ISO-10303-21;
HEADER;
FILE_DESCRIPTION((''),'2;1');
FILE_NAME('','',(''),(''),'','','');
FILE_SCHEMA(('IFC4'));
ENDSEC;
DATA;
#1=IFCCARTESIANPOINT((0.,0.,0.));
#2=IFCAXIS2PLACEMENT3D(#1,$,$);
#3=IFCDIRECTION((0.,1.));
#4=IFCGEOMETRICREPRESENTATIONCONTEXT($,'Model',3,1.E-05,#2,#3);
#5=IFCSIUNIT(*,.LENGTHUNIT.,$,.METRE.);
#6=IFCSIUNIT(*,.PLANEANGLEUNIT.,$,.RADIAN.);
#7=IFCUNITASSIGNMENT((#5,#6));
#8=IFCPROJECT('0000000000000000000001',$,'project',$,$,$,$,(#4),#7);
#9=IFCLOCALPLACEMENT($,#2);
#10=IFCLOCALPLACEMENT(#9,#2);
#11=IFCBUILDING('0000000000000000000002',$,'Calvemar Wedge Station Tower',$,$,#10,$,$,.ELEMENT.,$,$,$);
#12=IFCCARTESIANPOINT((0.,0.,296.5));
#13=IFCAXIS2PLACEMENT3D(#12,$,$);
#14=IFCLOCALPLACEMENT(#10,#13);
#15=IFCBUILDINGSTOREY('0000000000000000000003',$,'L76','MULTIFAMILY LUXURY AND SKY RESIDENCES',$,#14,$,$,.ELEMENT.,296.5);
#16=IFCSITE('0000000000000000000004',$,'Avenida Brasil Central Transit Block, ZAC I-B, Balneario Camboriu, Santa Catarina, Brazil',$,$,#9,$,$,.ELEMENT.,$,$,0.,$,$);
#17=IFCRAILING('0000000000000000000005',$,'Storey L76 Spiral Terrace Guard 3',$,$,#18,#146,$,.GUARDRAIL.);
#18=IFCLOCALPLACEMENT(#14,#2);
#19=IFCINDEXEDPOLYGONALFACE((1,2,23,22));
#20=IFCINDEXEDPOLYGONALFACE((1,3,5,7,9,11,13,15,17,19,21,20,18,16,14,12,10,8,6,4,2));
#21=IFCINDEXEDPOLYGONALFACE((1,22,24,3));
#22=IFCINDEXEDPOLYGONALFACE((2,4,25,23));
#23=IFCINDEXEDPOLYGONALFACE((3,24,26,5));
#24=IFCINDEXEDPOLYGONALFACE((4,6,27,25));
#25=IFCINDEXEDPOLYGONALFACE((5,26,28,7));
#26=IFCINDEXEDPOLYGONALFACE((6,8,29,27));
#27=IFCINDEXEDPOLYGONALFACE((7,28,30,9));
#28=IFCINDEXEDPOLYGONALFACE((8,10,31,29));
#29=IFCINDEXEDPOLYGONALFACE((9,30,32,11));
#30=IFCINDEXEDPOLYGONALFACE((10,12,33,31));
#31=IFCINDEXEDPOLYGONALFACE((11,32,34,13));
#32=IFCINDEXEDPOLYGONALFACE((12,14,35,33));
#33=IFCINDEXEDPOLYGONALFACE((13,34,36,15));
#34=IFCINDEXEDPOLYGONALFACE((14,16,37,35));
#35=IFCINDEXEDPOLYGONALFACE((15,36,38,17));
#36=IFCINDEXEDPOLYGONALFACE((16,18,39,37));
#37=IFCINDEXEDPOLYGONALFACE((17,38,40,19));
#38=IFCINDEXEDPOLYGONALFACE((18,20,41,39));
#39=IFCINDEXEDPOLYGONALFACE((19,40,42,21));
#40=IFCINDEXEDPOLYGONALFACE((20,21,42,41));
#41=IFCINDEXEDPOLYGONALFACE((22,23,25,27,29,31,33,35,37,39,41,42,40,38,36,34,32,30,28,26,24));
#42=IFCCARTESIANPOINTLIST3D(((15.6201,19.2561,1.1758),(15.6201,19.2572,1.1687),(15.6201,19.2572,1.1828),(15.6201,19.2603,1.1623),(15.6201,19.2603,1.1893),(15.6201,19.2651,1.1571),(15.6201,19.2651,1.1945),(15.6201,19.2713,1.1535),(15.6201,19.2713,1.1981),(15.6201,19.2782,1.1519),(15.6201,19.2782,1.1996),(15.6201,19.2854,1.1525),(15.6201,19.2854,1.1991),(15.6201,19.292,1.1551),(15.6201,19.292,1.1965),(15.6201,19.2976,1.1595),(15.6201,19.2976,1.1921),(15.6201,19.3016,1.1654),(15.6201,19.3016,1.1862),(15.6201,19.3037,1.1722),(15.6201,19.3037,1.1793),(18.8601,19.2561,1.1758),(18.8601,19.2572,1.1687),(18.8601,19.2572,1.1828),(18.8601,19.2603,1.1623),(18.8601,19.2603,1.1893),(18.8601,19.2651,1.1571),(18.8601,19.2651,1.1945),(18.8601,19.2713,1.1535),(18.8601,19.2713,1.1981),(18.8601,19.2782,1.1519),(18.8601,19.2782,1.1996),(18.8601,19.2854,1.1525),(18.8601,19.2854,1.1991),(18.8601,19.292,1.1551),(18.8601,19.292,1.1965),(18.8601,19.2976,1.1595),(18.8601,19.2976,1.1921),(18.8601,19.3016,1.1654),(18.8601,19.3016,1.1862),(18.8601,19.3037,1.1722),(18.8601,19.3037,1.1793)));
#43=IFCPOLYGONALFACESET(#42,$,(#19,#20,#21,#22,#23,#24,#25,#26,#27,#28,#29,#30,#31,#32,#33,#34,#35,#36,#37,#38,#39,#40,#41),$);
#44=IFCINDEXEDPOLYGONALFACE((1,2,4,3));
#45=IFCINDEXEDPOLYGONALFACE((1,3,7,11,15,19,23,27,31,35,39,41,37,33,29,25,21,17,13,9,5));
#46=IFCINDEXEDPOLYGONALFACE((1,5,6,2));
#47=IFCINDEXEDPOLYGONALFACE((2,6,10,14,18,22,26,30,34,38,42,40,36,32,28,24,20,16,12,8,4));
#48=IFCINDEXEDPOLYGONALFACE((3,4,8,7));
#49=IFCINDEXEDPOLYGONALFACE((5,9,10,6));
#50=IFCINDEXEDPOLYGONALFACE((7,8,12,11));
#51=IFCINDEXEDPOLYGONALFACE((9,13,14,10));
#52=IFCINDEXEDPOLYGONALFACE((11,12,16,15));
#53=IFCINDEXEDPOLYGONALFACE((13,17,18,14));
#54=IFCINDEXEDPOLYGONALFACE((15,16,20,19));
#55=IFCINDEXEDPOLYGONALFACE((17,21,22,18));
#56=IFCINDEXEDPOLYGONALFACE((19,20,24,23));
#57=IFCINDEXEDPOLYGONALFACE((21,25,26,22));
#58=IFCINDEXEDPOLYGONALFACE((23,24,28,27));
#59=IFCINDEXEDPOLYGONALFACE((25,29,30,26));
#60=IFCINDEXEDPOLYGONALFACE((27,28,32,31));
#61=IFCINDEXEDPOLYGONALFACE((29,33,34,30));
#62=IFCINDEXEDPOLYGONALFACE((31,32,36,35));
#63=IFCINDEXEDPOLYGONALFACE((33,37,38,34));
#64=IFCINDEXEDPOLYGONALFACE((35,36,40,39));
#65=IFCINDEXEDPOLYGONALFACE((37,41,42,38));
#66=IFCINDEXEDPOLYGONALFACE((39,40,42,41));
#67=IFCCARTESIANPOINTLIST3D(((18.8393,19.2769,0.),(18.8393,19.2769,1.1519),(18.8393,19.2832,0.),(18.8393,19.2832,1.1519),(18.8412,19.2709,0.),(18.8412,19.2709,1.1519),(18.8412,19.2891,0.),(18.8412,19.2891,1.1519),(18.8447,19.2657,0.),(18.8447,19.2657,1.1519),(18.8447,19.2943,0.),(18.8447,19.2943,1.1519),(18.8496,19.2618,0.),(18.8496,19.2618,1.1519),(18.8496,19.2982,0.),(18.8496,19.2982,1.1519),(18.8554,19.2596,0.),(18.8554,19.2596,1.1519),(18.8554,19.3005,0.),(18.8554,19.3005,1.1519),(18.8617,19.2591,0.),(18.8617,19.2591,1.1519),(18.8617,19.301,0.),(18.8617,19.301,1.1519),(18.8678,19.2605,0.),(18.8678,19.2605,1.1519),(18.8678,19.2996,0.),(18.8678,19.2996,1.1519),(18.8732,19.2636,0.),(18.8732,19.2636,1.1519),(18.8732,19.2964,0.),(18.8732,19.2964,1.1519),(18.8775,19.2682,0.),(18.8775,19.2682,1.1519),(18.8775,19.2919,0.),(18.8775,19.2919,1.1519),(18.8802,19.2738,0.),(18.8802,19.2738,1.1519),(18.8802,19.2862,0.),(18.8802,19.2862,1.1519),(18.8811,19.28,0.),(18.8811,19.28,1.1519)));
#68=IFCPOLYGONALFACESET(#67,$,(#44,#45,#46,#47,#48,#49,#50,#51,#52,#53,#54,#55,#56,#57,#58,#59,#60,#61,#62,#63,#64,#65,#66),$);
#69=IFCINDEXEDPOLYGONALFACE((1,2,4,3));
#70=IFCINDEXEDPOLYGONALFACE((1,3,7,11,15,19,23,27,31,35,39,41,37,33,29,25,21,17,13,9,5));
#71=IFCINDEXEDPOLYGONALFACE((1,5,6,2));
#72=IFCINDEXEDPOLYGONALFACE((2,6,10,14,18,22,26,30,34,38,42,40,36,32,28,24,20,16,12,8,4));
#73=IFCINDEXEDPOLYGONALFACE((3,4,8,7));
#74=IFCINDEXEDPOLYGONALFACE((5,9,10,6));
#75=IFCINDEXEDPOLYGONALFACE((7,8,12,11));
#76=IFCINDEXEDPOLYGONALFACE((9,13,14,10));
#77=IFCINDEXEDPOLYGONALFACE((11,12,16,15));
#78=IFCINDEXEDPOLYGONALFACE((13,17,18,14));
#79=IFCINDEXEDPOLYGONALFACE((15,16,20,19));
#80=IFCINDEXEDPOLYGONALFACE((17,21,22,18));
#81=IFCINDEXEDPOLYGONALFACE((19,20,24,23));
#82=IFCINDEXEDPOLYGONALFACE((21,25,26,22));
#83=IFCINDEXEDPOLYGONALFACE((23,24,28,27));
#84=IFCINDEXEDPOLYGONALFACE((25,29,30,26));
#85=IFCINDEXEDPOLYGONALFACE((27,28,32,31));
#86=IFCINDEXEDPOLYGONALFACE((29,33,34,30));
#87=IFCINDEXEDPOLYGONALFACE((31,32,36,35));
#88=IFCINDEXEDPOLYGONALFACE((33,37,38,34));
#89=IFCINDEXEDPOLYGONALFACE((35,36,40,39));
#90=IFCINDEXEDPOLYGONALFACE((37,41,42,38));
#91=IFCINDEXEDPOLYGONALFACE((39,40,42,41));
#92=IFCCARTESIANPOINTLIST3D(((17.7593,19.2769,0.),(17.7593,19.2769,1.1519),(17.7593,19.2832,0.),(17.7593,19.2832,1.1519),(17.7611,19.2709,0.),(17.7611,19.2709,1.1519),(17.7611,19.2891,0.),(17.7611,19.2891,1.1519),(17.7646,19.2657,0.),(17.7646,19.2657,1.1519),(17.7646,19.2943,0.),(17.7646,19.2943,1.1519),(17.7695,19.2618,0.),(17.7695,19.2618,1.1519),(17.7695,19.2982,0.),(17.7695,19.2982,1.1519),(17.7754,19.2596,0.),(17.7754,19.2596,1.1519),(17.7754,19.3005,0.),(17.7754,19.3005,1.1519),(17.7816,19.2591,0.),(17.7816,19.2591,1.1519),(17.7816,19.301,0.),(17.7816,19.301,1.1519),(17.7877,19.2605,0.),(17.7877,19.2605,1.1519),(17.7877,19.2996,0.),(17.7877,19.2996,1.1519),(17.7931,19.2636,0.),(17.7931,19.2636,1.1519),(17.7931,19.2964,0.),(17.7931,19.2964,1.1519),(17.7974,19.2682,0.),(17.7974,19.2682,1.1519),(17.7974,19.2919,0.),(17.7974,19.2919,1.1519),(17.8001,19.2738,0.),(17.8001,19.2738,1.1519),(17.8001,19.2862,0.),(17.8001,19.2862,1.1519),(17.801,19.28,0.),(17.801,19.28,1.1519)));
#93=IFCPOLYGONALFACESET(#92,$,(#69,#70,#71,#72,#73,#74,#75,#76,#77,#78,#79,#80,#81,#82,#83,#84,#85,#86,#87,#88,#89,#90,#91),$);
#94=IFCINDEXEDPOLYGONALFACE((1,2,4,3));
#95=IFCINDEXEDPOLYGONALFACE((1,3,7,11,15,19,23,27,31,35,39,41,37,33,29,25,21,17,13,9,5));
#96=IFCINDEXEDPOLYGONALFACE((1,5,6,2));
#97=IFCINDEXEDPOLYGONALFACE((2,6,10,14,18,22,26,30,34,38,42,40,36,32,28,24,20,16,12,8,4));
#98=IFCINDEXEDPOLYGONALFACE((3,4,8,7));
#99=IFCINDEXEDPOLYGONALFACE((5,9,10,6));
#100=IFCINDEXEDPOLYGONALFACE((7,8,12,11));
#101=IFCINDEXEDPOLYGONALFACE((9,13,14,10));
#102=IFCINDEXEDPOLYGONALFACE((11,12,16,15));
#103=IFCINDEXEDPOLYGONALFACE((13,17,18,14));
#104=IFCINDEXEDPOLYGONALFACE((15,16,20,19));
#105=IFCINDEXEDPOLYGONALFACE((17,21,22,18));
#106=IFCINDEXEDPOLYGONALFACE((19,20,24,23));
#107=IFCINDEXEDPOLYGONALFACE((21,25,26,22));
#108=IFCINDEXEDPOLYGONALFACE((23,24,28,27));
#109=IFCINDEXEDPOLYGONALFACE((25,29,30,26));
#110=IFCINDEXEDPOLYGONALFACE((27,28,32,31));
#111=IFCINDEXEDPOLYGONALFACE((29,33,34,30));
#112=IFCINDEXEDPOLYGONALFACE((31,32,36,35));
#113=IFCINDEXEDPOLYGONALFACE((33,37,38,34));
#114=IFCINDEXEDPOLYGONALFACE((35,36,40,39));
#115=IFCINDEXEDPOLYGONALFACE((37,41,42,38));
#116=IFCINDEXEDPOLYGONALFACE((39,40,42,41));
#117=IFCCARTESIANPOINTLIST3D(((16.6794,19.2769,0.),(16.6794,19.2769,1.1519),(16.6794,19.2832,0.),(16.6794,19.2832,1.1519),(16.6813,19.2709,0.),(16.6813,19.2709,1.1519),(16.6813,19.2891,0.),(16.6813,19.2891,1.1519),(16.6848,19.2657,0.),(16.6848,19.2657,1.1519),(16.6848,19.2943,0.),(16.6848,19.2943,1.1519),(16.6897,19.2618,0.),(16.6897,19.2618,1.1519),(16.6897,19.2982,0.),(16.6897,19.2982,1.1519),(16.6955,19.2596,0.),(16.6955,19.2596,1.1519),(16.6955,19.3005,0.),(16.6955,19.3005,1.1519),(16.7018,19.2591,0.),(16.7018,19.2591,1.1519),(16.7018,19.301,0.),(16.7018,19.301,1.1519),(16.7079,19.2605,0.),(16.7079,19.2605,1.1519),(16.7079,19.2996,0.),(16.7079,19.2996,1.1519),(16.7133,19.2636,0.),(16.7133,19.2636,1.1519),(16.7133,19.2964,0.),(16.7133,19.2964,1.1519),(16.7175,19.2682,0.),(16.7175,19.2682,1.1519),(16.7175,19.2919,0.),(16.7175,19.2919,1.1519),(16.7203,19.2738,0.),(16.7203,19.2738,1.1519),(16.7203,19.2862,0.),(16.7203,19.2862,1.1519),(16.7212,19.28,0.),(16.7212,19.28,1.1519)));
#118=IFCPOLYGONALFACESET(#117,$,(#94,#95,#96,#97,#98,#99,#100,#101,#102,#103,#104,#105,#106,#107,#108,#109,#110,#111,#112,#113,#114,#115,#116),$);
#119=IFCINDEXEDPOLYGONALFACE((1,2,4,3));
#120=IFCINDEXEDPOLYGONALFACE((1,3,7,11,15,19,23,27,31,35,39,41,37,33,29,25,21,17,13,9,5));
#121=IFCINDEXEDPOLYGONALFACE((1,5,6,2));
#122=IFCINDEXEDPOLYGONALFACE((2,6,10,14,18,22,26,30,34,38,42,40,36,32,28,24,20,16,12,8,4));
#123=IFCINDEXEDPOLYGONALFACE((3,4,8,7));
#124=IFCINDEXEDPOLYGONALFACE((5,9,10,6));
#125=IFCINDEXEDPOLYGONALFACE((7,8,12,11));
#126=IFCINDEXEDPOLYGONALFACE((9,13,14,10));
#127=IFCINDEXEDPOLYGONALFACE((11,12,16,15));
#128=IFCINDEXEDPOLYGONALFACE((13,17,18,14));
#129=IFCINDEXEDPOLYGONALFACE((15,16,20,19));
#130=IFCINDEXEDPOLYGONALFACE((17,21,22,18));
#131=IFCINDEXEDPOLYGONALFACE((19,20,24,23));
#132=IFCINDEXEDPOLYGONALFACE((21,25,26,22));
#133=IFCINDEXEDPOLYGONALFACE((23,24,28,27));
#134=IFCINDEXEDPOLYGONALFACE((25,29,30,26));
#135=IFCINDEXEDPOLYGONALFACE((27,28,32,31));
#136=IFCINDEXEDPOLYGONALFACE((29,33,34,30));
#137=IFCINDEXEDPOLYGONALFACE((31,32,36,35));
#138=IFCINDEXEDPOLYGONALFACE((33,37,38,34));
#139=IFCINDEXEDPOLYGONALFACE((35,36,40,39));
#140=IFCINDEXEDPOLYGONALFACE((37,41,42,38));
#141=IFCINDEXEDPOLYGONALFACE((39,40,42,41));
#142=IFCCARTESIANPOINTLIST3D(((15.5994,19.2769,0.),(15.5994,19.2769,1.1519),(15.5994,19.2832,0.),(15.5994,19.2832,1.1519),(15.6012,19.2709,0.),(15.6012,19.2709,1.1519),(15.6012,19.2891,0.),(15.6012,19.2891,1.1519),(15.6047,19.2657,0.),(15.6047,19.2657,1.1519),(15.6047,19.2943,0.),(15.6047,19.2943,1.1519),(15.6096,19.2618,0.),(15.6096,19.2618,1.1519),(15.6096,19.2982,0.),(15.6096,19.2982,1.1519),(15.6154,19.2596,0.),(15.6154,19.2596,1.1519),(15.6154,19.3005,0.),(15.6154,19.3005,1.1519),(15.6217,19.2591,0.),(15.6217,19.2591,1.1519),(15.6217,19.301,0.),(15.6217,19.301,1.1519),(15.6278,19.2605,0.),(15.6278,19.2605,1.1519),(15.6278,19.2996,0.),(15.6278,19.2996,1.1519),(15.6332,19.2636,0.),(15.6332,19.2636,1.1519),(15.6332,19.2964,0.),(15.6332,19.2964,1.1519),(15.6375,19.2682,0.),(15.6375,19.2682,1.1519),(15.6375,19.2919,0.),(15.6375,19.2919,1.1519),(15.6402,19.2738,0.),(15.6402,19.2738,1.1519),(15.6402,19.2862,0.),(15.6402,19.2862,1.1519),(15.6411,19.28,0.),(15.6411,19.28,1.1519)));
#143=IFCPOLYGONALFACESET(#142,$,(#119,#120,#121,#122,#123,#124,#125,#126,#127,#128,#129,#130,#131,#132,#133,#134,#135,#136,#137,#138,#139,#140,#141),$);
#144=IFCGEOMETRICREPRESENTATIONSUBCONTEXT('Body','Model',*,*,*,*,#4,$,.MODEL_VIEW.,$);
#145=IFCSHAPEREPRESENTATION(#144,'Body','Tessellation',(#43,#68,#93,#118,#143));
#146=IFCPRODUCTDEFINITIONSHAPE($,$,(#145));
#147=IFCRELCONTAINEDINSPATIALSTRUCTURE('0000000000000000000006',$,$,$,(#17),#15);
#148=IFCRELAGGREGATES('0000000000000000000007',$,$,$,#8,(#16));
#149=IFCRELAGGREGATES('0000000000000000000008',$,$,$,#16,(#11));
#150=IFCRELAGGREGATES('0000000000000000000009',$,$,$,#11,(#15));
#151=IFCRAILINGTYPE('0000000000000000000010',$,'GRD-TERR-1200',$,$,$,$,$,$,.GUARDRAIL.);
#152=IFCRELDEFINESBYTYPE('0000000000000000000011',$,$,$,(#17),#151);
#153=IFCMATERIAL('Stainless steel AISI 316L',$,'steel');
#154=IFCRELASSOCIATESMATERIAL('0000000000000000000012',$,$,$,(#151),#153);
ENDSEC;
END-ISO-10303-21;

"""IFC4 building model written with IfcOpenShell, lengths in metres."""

from ifc_helpers import new_model, si_unit, direction, frame, origin, origin_2d, place, context, subcontext, project, spatial, circle, extrude, material, type_object, element, save


model = new_model("IFC4")

# Units and contexts
model_context = context("Model", 3, precision=1e-05, world=origin(), true_north=direction((0.0, 1.0)))
body_context = subcontext(model_context, "Body", "Model", "MODEL_VIEW")
ifc_project = project(units=[si_unit("LENGTHUNIT", "METRE"), si_unit("PLANEANGLEUNIT", "RADIAN")], contexts=[model_context])

# Site, building, storey
site_placement = place(None, origin())
site = spatial("IfcSite", under=ifc_project, at=site_placement, Name="Avenida Brasil Central Transit Block, ZAC I-B, Balneario Camboriu, Santa Catarina, Brazil", CompositionType="ELEMENT", RefElevation=0.0)
building_placement = place(site_placement, origin())
building = spatial("IfcBuilding", under=site, at=building_placement, Name="Calvemar Wedge Station Tower", CompositionType="ELEMENT")
storey_placement = place(building_placement, frame((0.0, 0.0, 296.5)))
storey = spatial("IfcBuildingStorey", under=building, at=storey_placement, Name="L76", Description="MULTIFAMILY LUXURY AND SKY RESIDENCES", CompositionType="ELEMENT", Elevation=296.5)

# Railing
ifc_material_1 = material(Name="Stainless steel AISI 316L", Category="steel")
railing_type_1 = type_object("IfcRailingType", Name="GRD-TERR-1200", PredefinedType="GUARDRAIL", material=ifc_material_1)
railing_1_placement = place(storey_placement, frame((18.8601, 19.28, 0.0)))
element("IfcRailing", 1, at=railing_1_placement, inside=storey, type_object=railing_type_1, Name="Storey L76 Spiral Terrace Guard 3", PredefinedType="GUARDRAIL", context=body_context, shape_type="SweptSolid", body=[
    extrude(circle(Radius=0.0239, at=origin_2d()), frame((0.0, 0.0, 1.1758), z_axis=(-1.0, 0.0, 0.0), x_axis=(0.0, -1.0, 0.0)), (0.0, 0.0, 1.0), 3.24),
    extrude(circle(Radius=0.021, at=origin_2d()), origin(), (0.0, 0.0, 1.0), 1.1519),
    extrude(circle(Radius=0.021, at=origin_2d()), frame((-1.0801, 0.0, 0.0)), (0.0, 0.0, 1.0), 1.1519),
    extrude(circle(Radius=0.021, at=origin_2d()), frame((-2.1599, 0.0, 0.0)), (0.0, 0.0, 1.0), 1.1519),
    extrude(circle(Radius=0.021, at=origin_2d()), frame((-3.24, 0.0, 0.0)), (0.0, 0.0, 1.0), 1.1519),
])

save(model, "model.ifc")
